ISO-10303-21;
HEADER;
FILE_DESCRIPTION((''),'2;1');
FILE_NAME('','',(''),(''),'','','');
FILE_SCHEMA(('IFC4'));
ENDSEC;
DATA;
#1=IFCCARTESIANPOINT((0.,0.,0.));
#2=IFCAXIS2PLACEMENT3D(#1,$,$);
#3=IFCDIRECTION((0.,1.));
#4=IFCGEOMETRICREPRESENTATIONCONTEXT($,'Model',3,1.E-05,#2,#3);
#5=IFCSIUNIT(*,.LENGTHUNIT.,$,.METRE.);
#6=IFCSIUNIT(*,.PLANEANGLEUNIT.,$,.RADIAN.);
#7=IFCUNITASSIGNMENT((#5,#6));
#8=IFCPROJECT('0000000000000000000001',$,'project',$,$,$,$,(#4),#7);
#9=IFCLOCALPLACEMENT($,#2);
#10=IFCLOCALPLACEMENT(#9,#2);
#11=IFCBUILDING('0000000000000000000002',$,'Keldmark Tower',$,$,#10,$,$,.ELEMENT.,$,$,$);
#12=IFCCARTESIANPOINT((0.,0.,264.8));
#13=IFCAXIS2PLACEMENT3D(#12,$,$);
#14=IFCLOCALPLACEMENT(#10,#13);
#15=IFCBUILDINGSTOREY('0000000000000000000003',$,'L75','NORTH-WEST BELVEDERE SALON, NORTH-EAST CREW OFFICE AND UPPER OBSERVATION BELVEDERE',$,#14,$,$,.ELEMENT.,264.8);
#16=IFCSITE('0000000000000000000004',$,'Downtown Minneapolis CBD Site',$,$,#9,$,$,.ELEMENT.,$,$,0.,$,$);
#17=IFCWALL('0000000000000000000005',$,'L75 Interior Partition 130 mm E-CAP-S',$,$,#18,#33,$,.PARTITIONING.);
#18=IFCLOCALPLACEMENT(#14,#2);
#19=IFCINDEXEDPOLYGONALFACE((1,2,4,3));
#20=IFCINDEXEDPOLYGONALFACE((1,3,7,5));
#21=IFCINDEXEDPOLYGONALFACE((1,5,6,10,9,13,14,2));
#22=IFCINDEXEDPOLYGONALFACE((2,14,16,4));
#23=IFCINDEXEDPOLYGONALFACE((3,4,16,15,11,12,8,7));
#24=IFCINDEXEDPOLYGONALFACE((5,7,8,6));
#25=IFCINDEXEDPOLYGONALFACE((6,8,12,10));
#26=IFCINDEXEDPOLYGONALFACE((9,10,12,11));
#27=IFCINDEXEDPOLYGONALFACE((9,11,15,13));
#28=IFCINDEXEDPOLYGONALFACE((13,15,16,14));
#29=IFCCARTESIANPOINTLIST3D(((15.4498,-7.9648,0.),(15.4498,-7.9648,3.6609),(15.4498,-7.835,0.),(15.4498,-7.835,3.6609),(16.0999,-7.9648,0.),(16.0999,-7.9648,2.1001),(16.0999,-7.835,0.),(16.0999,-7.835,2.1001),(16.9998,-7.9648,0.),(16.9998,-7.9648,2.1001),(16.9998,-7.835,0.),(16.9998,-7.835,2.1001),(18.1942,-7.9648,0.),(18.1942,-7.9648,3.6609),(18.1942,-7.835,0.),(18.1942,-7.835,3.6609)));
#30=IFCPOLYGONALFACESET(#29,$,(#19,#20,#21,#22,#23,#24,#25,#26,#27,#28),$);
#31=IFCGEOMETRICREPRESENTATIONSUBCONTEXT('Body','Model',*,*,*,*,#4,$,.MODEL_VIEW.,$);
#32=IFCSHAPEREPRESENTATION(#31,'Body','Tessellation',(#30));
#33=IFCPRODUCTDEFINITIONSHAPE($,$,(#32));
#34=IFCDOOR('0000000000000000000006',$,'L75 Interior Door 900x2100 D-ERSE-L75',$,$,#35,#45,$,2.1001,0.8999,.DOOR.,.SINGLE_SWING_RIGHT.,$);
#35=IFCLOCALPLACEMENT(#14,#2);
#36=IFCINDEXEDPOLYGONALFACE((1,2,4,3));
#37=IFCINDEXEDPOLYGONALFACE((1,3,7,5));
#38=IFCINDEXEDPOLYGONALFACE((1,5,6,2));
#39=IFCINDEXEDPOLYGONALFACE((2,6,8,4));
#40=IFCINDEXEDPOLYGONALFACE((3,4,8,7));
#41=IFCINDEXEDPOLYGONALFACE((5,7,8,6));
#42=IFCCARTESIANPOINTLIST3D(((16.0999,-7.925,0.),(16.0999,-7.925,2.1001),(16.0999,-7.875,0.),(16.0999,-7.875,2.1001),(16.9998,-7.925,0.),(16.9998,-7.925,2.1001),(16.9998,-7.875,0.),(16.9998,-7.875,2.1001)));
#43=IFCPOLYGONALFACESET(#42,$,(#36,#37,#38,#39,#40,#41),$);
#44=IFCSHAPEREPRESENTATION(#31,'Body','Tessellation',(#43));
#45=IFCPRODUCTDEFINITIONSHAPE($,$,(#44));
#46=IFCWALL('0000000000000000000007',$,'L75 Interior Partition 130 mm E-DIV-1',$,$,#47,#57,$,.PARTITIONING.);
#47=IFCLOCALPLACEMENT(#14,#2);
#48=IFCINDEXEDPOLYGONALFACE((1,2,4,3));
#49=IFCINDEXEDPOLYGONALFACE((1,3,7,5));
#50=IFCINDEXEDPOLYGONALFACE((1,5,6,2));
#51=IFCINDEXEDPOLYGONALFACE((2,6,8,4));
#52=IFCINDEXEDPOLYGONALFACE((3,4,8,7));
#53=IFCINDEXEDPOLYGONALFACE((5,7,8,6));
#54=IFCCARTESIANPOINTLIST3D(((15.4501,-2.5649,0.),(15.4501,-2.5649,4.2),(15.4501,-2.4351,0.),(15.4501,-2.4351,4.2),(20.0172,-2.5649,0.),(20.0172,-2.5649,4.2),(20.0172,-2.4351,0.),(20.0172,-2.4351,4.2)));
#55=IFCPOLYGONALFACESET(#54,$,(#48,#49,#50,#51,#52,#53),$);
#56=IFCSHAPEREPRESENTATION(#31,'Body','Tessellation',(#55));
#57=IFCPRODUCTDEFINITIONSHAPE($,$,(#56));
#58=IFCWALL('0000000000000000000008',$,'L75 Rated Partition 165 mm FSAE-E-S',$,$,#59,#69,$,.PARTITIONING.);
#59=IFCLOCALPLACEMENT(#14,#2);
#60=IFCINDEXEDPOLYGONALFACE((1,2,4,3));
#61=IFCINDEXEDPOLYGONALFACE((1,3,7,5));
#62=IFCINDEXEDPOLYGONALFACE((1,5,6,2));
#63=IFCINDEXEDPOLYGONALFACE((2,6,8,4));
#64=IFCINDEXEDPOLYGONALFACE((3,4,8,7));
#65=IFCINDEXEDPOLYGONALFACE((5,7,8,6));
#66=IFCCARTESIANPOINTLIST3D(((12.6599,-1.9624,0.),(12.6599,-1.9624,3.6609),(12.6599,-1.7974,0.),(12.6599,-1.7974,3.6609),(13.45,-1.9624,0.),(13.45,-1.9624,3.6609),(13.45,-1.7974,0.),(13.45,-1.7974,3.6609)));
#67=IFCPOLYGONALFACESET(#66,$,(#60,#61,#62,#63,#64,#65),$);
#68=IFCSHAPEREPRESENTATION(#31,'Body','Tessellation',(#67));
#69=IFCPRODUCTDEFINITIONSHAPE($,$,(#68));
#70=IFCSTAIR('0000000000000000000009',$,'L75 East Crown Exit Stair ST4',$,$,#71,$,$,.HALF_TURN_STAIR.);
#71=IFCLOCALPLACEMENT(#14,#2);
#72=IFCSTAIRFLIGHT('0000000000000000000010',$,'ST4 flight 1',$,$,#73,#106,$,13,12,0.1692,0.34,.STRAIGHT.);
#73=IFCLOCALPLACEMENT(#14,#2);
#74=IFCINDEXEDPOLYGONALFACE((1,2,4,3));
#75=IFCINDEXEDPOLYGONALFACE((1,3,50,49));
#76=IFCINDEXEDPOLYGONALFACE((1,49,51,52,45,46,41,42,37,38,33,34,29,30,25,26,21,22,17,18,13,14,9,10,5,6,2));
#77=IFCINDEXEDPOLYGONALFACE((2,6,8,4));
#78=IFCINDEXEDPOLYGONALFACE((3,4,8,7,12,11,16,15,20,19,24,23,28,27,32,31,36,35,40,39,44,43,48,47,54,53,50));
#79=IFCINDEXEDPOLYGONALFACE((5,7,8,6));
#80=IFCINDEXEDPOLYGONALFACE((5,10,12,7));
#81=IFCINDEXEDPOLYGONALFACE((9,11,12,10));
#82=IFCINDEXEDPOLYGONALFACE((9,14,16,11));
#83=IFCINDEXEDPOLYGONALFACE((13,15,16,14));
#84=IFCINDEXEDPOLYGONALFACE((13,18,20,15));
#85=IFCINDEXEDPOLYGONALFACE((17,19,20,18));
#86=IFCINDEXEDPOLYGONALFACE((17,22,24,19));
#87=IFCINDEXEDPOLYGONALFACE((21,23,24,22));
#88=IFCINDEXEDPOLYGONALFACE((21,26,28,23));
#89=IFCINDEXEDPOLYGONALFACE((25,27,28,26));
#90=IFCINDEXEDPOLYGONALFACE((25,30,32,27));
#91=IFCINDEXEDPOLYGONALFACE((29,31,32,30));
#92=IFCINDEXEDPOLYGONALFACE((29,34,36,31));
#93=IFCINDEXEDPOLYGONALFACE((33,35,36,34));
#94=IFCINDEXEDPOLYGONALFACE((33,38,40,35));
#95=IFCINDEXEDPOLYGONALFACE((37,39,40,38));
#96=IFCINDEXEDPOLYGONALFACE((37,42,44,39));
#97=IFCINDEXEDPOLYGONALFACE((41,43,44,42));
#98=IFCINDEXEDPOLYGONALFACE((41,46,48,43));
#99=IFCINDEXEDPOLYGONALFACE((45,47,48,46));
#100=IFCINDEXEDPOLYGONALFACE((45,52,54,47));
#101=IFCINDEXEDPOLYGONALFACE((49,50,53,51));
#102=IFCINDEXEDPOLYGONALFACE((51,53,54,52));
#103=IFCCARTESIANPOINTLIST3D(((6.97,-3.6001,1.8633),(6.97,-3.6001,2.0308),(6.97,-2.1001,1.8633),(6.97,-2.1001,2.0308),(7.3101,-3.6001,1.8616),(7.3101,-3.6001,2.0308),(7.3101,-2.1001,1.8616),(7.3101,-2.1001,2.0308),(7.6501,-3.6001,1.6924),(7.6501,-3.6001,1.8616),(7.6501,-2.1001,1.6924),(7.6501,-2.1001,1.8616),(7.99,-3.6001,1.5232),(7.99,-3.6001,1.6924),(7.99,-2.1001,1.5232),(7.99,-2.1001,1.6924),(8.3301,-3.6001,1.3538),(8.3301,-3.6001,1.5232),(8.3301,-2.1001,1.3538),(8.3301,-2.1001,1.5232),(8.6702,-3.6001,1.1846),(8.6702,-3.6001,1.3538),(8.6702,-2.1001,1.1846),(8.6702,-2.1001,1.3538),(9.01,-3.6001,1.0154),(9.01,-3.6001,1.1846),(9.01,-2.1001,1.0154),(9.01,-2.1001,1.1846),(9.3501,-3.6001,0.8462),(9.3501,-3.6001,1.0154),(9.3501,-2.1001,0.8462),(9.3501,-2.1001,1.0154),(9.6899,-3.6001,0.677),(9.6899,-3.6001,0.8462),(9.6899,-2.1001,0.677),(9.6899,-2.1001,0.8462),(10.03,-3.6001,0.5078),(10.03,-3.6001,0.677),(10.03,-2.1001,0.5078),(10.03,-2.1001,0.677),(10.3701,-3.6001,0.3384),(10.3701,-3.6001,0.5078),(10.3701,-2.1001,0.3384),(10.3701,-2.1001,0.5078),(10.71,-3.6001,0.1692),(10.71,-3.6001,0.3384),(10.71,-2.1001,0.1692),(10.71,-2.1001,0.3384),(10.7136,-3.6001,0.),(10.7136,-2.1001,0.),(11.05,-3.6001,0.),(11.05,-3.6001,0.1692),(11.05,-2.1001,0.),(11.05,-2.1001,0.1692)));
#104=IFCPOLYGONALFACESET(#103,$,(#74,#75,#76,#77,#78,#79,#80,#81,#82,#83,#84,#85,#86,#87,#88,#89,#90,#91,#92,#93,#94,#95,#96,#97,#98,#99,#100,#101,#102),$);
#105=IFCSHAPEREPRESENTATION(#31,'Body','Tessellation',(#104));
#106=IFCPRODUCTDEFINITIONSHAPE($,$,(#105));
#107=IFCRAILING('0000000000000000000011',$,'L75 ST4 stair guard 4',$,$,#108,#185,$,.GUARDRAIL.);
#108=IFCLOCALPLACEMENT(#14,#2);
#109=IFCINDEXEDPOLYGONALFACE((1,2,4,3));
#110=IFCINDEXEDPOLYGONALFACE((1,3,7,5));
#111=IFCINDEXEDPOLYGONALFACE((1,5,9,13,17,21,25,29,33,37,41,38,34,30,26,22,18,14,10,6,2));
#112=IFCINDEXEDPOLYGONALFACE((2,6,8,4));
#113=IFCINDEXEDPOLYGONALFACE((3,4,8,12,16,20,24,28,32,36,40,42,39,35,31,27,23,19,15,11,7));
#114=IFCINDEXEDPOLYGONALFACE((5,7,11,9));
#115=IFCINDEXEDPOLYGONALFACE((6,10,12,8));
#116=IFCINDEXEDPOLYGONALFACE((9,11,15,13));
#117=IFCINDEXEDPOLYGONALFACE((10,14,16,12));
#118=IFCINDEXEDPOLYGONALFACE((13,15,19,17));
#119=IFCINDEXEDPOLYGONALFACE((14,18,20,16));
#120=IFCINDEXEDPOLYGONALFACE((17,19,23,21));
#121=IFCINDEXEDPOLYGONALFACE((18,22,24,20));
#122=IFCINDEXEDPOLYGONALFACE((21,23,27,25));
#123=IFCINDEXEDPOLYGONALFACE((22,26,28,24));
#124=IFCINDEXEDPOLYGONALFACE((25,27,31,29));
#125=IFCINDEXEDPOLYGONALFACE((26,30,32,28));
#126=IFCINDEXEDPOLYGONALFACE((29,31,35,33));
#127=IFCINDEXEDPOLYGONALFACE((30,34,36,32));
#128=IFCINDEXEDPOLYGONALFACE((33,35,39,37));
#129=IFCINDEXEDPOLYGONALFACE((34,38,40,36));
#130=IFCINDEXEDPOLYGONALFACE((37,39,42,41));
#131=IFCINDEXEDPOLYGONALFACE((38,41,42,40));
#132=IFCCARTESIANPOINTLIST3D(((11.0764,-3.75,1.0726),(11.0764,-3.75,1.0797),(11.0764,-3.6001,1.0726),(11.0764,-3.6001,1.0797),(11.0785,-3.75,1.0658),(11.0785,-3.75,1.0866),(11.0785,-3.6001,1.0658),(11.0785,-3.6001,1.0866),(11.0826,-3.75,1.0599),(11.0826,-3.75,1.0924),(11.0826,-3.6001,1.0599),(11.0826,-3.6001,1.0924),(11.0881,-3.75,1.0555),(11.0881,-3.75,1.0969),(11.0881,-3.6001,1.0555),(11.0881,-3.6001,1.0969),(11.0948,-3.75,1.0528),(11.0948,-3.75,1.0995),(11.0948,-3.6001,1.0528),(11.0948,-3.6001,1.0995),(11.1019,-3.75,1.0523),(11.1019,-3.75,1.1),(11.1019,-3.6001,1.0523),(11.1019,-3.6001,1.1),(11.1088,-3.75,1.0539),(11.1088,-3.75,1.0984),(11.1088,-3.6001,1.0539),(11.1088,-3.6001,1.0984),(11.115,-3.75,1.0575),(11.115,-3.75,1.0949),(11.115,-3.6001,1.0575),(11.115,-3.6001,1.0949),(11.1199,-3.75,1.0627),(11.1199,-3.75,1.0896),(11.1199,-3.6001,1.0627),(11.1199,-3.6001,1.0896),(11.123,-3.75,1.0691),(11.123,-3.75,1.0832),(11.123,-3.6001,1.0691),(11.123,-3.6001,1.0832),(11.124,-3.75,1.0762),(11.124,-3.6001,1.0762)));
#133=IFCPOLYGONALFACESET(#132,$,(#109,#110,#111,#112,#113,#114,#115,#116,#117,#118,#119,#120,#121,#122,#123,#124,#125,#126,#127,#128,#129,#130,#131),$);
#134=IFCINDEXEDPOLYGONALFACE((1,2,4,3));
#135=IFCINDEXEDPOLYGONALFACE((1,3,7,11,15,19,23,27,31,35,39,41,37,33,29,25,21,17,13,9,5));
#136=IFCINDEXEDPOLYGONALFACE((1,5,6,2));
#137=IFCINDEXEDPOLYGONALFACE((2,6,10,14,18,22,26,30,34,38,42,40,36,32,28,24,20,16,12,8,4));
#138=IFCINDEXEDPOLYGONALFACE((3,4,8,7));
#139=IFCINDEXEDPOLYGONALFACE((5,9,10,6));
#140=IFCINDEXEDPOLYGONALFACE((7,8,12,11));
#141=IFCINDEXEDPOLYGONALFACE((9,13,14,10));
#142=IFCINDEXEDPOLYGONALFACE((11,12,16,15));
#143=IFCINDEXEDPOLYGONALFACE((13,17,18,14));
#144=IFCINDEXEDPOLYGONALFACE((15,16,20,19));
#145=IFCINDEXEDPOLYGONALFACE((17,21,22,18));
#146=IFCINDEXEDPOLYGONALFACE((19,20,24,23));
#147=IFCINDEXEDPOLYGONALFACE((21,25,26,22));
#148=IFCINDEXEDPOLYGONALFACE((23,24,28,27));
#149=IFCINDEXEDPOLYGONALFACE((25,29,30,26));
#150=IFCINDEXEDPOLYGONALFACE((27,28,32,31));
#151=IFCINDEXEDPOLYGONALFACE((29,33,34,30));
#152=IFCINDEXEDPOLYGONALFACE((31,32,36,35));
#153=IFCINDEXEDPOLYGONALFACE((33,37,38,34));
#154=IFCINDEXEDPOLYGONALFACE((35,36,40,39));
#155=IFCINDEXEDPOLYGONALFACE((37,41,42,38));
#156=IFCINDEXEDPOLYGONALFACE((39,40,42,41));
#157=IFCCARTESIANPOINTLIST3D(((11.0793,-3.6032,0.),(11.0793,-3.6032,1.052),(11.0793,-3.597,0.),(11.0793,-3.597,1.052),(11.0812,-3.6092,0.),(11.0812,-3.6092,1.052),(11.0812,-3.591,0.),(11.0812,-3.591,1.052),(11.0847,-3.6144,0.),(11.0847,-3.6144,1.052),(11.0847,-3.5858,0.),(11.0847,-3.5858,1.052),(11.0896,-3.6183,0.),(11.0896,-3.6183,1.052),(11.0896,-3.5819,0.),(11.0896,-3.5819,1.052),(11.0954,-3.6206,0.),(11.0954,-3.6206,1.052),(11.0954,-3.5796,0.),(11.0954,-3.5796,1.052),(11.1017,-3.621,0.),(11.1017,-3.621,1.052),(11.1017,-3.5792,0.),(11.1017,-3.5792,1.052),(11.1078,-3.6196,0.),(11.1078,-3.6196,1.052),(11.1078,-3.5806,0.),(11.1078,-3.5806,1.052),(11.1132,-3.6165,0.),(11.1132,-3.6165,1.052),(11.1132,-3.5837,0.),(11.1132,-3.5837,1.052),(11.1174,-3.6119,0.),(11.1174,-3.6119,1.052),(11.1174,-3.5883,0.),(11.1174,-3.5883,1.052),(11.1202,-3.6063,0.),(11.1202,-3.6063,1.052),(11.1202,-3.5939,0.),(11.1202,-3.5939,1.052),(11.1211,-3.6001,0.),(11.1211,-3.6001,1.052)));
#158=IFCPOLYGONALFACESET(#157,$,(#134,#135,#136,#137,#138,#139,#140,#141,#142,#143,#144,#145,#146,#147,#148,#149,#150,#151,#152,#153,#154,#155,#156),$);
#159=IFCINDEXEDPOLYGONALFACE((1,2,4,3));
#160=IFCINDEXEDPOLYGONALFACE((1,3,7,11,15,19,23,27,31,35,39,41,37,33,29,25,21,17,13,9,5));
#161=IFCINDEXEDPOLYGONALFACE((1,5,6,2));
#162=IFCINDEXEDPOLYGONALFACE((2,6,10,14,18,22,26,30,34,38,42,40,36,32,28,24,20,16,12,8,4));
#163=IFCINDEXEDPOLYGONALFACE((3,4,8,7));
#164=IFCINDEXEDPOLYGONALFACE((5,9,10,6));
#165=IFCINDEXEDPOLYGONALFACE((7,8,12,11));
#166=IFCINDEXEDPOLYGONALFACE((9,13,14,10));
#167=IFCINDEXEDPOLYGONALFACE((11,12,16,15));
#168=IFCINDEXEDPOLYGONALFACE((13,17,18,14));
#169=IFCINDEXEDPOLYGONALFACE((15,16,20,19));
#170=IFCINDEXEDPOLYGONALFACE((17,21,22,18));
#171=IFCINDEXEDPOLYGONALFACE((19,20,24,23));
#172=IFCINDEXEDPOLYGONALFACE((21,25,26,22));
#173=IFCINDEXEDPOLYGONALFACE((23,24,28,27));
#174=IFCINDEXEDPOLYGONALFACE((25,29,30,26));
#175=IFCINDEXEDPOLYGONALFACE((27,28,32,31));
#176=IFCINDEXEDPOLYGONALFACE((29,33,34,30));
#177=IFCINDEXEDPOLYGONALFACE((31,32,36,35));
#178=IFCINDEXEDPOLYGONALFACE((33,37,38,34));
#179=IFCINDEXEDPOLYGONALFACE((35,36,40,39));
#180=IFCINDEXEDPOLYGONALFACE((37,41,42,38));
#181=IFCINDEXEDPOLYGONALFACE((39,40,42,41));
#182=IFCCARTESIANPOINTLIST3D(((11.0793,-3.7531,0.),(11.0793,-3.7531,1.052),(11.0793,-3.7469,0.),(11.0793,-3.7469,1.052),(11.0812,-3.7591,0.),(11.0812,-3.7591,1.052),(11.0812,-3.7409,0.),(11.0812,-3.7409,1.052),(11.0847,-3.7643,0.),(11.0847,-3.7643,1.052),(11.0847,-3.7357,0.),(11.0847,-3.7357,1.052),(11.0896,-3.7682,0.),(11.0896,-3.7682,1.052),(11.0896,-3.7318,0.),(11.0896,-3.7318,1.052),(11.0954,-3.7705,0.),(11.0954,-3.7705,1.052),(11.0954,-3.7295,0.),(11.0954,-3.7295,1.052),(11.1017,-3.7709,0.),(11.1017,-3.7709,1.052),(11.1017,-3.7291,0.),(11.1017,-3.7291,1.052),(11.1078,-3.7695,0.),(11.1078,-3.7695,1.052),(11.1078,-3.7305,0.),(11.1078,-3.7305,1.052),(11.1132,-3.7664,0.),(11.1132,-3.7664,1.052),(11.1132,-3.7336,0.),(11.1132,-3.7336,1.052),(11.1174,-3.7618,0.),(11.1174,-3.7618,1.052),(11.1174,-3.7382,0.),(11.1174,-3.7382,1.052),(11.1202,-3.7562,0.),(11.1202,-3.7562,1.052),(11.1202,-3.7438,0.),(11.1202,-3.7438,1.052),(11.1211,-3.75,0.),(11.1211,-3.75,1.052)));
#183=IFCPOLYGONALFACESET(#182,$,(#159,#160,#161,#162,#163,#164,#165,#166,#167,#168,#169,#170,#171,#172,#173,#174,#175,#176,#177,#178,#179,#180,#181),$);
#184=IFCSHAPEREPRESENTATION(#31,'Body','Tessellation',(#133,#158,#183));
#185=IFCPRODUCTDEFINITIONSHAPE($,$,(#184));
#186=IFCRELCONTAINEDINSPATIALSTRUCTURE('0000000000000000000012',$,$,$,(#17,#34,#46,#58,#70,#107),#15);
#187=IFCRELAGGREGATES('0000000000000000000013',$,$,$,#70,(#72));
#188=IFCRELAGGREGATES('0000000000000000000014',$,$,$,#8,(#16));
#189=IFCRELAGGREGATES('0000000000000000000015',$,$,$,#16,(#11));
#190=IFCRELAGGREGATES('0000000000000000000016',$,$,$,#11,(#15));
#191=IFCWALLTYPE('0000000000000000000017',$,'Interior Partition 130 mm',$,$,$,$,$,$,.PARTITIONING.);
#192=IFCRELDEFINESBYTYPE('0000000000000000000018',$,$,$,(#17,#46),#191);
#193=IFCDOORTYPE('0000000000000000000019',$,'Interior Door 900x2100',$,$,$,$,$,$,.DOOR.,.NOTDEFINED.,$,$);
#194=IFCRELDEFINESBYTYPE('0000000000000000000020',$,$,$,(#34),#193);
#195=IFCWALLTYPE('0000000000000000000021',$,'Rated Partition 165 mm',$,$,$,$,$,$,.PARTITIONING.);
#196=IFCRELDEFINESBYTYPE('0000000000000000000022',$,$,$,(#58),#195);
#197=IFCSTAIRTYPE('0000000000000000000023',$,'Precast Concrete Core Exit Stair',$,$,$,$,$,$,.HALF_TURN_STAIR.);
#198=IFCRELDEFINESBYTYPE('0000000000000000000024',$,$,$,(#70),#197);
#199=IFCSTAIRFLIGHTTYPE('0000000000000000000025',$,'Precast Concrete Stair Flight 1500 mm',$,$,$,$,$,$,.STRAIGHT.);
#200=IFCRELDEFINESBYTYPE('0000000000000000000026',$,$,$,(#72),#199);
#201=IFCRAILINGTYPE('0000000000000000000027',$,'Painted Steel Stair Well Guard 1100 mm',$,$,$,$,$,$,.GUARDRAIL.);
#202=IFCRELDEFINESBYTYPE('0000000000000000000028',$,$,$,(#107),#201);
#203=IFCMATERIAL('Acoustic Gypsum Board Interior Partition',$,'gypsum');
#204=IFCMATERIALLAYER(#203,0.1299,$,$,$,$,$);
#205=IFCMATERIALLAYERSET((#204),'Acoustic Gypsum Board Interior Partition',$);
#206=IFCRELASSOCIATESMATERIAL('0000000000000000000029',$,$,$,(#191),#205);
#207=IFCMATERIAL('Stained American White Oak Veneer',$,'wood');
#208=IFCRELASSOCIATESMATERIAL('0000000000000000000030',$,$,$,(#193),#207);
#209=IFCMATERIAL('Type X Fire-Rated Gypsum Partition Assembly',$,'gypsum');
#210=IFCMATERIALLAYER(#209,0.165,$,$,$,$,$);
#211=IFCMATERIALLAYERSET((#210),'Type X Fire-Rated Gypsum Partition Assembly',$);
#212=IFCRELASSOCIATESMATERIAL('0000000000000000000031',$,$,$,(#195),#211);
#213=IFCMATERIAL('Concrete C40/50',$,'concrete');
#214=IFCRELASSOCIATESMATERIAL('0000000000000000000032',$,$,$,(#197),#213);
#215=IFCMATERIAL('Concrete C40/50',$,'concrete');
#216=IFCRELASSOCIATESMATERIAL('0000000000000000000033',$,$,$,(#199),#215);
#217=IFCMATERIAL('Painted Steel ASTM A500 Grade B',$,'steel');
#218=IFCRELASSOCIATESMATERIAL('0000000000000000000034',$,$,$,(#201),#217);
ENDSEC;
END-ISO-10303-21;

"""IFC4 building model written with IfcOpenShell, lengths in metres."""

from ifc_helpers import new_model, si_unit, direction, frame, frame_2d, origin, origin_2d, place, context, subcontext, project, spatial, polyline, rectangle, circle, outline, extrude, material, layer, layer_set, type_object, element, fill, aggregate, save


model = new_model("IFC4")

# Units and contexts
model_context = context("Model", 3, precision=1e-05, world=origin(), true_north=direction((0.0, 1.0)))
body_context = subcontext(model_context, "Body", "Model", "MODEL_VIEW")
ifc_project = project(units=[si_unit("LENGTHUNIT", "METRE"), si_unit("PLANEANGLEUNIT", "RADIAN")], contexts=[model_context])

# Site, building, storey
site_placement = place(None, origin())
site = spatial("IfcSite", under=ifc_project, at=site_placement, Name="Downtown Minneapolis CBD Site", CompositionType="ELEMENT", RefElevation=0.0)
building_placement = place(site_placement, origin())
building = spatial("IfcBuilding", under=site, at=building_placement, Name="Keldmark Tower", CompositionType="ELEMENT")
storey_placement = place(building_placement, frame((0.0, 0.0, 264.8)))
storey = spatial("IfcBuildingStorey", under=building, at=storey_placement, Name="L75", Description="NORTH-WEST BELVEDERE SALON, NORTH-EAST CREW OFFICE AND UPPER OBSERVATION BELVEDERE", CompositionType="ELEMENT", Elevation=264.8)

# Wall, opening, door
ifc_material_1 = material(Name="Acoustic Gypsum Board Interior Partition", Category="gypsum")
ifc_layer_1 = layer(ifc_material_1, 0.1299)
ifc_layer_set_1 = layer_set([ifc_layer_1], Name="Acoustic Gypsum Board Interior Partition")
wall_type_1 = type_object("IfcWallType", Name="Interior Partition 130 mm", PredefinedType="PARTITIONING", material=ifc_layer_set_1)
wall_1_placement = place(storey_placement, frame((15.45, -7.8999, 0.0), z_axis=(0.0, 0.0, 1.0), x_axis=(1.0, 0.0, 0.0)))
wall_1 = element("IfcWall", 1, at=wall_1_placement, inside=storey, type_object=wall_type_1, Name="L75 Interior Partition 130 mm E-CAP-S", PredefinedType="PARTITIONING", context=body_context, shape_type="SweptSolid", body=[
    extrude(rectangle(XDim=2.7444, YDim=0.1299, at=frame_2d((1.3721, 0.0))), origin(), (0.0, 0.0, 1.0), 3.6609),
])
opening_1_placement = place(wall_1_placement, frame((0.6499, 0.0, 0.0)))
opening_1 = element("IfcOpeningElement", 2, at=opening_1_placement, cuts=wall_1, PredefinedType="OPENING", context=body_context, shape_type="SweptSolid", body=[
    extrude(rectangle(XDim=0.8999, YDim=2.1001, at=frame_2d((0.45, 1.05))), frame((0.0, 0.075, 0.0), z_axis=(0.0, -1.0, 0.0), x_axis=(1.0, 0.0, 0.0)), (0.0, 0.0, 1.0), 0.1499),
])
ifc_material_2 = material(Name="Stained American White Oak Veneer", Category="wood")
door_type_1 = type_object("IfcDoorType", Name="Interior Door 900x2100", OperationType="NOTDEFINED", PredefinedType="DOOR", material=ifc_material_2)
door_1_placement = place(opening_1_placement, origin())
door_1 = element("IfcDoor", 3, at=door_1_placement, inside=storey, type_object=door_type_1, Name="L75 Interior Door 900x2100 D-ERSE-L75", OperationType="SINGLE_SWING_RIGHT", OverallHeight=2.1001, OverallWidth=0.8999, PredefinedType="DOOR", context=body_context, shape_type="SweptSolid", body=[
    extrude(rectangle(XDim=0.8999, YDim=2.1001, at=frame_2d((0.45, 1.05))), frame((0.0, 0.0249, 0.0), z_axis=(0.0, -1.0, 0.0), x_axis=(1.0, 0.0, 0.0)), (0.0, 0.0, 1.0), 0.05),
])
fill(opening_1, door_1)

# Walls
wall_2_placement = place(storey_placement, frame((15.45, -2.5, 0.0), z_axis=(0.0, 0.0, 1.0), x_axis=(1.0, 0.0, 0.0)))
element("IfcWall", 4, at=wall_2_placement, inside=storey, type_object=wall_type_1, Name="L75 Interior Partition 130 mm E-DIV-1", PredefinedType="PARTITIONING", context=body_context, shape_type="SweptSolid", body=[
    extrude(rectangle(XDim=4.5671, YDim=0.1299, at=frame_2d((2.2837, 0.0))), origin(), (0.0, 0.0, 1.0), 4.2),
])
ifc_material_3 = material(Name="Type X Fire-Rated Gypsum Partition Assembly", Category="gypsum")
ifc_layer_2 = layer(ifc_material_3, 0.165)
ifc_layer_set_2 = layer_set([ifc_layer_2], Name="Type X Fire-Rated Gypsum Partition Assembly")
wall_type_2 = type_object("IfcWallType", Name="Rated Partition 165 mm", PredefinedType="PARTITIONING", material=ifc_layer_set_2)
wall_3_placement = place(storey_placement, frame((12.6599, -1.8799, 0.0), z_axis=(0.0, 0.0, 1.0), x_axis=(1.0, 0.0, 0.0)))
element("IfcWall", 5, at=wall_3_placement, inside=storey, type_object=wall_type_2, Name="L75 Rated Partition 165 mm FSAE-E-S", PredefinedType="PARTITIONING", context=body_context, shape_type="SweptSolid", body=[
    extrude(rectangle(XDim=0.79, YDim=0.165, at=frame_2d((0.395, 0.0))), origin(), (0.0, 0.0, 1.0), 3.6609),
])

# Stair, stair flight
ifc_material_4 = material(Name="Concrete C40/50", Category="concrete")
stair_type = type_object("IfcStairType", Name="Precast Concrete Core Exit Stair", PredefinedType="HALF_TURN_STAIR", material=ifc_material_4)
stair_placement = place(storey_placement, origin())
stair = element("IfcStair", 6, at=stair_placement, inside=storey, type_object=stair_type, Name="L75 East Crown Exit Stair ST4", PredefinedType="HALF_TURN_STAIR")
ifc_material_5 = material(Name="Concrete C40/50", Category="concrete")
stair_flight_type = type_object("IfcStairFlightType", Name="Precast Concrete Stair Flight 1500 mm", PredefinedType="STRAIGHT", material=ifc_material_5)
stair_flight_placement = place(storey_placement, frame((11.05, -2.8501, 0.0), z_axis=(0.0, 0.0, 1.0), x_axis=(-1.0, 0.0, 0.0)))
stair_flight = element("IfcStairFlight", 7, at=stair_flight_placement, type_object=stair_flight_type, Name="ST4 flight 1", NumberOfRisers=13, NumberOfTreads=12, PredefinedType="STRAIGHT", RiserHeight=0.1692, TreadLength=0.34, context=body_context, shape_type="SweptSolid", body=[
    extrude(outline(polyline([(0.0, 0.0), (0.0, 0.1692), (0.3401, 0.1692), (0.3401, 0.3384), (0.6799, 0.3384), (0.6799, 0.5078), (1.02, 0.5078), (1.02, 0.677), (1.3601, 0.677), (1.3601, 0.8462), (1.7, 0.8462), (1.7, 1.0154), (2.04, 1.0154), (2.04, 1.1846), (2.3799, 1.1846), (2.3799, 1.3538), (2.72, 1.3538), (2.72, 1.5232), (3.0601, 1.5232), (3.0601, 1.6924), (3.3999, 1.6924), (3.3999, 1.8616), (3.74, 1.8616), (3.74, 2.0308), (4.0801, 2.0308), (4.0801, 2.2), (4.0801, 1.8633), (0.3364, 0.0), (0.0, 0.0)])), frame((0.0, 0.75, 0.0), z_axis=(0.0, -1.0, 0.0), x_axis=(1.0, 0.0, 0.0)), (0.0, 0.0, 1.0), 1.5),
])
aggregate(stair, [stair_flight])

# Railing
ifc_material_6 = material(Name="Painted Steel ASTM A500 Grade B", Category="steel")
railing_type_1 = type_object("IfcRailingType", Name="Painted Steel Stair Well Guard 1100 mm", PredefinedType="GUARDRAIL", material=ifc_material_6)
railing_1_placement = place(storey_placement, frame((11.1001, -3.6001, 0.0)))
element("IfcRailing", 8, at=railing_1_placement, inside=storey, type_object=railing_type_1, Name="L75 ST4 stair guard 4", PredefinedType="GUARDRAIL", context=body_context, shape_type="SweptSolid", body=[
    extrude(circle(Radius=0.0239, at=origin_2d()), frame((0.0, 0.0, 1.0762), z_axis=(0.0, -1.0, 0.0), x_axis=(1.0, 0.0, 0.0)), (0.0, 0.0, 1.0), 0.1499),
    extrude(circle(Radius=0.021, at=origin_2d()), origin(), (0.0, 0.0, 1.0), 1.052),
    extrude(circle(Radius=0.021, at=origin_2d()), frame((0.0, -0.1499, 0.0)), (0.0, 0.0, 1.0), 1.052),
])

save(model, "model.ifc")
